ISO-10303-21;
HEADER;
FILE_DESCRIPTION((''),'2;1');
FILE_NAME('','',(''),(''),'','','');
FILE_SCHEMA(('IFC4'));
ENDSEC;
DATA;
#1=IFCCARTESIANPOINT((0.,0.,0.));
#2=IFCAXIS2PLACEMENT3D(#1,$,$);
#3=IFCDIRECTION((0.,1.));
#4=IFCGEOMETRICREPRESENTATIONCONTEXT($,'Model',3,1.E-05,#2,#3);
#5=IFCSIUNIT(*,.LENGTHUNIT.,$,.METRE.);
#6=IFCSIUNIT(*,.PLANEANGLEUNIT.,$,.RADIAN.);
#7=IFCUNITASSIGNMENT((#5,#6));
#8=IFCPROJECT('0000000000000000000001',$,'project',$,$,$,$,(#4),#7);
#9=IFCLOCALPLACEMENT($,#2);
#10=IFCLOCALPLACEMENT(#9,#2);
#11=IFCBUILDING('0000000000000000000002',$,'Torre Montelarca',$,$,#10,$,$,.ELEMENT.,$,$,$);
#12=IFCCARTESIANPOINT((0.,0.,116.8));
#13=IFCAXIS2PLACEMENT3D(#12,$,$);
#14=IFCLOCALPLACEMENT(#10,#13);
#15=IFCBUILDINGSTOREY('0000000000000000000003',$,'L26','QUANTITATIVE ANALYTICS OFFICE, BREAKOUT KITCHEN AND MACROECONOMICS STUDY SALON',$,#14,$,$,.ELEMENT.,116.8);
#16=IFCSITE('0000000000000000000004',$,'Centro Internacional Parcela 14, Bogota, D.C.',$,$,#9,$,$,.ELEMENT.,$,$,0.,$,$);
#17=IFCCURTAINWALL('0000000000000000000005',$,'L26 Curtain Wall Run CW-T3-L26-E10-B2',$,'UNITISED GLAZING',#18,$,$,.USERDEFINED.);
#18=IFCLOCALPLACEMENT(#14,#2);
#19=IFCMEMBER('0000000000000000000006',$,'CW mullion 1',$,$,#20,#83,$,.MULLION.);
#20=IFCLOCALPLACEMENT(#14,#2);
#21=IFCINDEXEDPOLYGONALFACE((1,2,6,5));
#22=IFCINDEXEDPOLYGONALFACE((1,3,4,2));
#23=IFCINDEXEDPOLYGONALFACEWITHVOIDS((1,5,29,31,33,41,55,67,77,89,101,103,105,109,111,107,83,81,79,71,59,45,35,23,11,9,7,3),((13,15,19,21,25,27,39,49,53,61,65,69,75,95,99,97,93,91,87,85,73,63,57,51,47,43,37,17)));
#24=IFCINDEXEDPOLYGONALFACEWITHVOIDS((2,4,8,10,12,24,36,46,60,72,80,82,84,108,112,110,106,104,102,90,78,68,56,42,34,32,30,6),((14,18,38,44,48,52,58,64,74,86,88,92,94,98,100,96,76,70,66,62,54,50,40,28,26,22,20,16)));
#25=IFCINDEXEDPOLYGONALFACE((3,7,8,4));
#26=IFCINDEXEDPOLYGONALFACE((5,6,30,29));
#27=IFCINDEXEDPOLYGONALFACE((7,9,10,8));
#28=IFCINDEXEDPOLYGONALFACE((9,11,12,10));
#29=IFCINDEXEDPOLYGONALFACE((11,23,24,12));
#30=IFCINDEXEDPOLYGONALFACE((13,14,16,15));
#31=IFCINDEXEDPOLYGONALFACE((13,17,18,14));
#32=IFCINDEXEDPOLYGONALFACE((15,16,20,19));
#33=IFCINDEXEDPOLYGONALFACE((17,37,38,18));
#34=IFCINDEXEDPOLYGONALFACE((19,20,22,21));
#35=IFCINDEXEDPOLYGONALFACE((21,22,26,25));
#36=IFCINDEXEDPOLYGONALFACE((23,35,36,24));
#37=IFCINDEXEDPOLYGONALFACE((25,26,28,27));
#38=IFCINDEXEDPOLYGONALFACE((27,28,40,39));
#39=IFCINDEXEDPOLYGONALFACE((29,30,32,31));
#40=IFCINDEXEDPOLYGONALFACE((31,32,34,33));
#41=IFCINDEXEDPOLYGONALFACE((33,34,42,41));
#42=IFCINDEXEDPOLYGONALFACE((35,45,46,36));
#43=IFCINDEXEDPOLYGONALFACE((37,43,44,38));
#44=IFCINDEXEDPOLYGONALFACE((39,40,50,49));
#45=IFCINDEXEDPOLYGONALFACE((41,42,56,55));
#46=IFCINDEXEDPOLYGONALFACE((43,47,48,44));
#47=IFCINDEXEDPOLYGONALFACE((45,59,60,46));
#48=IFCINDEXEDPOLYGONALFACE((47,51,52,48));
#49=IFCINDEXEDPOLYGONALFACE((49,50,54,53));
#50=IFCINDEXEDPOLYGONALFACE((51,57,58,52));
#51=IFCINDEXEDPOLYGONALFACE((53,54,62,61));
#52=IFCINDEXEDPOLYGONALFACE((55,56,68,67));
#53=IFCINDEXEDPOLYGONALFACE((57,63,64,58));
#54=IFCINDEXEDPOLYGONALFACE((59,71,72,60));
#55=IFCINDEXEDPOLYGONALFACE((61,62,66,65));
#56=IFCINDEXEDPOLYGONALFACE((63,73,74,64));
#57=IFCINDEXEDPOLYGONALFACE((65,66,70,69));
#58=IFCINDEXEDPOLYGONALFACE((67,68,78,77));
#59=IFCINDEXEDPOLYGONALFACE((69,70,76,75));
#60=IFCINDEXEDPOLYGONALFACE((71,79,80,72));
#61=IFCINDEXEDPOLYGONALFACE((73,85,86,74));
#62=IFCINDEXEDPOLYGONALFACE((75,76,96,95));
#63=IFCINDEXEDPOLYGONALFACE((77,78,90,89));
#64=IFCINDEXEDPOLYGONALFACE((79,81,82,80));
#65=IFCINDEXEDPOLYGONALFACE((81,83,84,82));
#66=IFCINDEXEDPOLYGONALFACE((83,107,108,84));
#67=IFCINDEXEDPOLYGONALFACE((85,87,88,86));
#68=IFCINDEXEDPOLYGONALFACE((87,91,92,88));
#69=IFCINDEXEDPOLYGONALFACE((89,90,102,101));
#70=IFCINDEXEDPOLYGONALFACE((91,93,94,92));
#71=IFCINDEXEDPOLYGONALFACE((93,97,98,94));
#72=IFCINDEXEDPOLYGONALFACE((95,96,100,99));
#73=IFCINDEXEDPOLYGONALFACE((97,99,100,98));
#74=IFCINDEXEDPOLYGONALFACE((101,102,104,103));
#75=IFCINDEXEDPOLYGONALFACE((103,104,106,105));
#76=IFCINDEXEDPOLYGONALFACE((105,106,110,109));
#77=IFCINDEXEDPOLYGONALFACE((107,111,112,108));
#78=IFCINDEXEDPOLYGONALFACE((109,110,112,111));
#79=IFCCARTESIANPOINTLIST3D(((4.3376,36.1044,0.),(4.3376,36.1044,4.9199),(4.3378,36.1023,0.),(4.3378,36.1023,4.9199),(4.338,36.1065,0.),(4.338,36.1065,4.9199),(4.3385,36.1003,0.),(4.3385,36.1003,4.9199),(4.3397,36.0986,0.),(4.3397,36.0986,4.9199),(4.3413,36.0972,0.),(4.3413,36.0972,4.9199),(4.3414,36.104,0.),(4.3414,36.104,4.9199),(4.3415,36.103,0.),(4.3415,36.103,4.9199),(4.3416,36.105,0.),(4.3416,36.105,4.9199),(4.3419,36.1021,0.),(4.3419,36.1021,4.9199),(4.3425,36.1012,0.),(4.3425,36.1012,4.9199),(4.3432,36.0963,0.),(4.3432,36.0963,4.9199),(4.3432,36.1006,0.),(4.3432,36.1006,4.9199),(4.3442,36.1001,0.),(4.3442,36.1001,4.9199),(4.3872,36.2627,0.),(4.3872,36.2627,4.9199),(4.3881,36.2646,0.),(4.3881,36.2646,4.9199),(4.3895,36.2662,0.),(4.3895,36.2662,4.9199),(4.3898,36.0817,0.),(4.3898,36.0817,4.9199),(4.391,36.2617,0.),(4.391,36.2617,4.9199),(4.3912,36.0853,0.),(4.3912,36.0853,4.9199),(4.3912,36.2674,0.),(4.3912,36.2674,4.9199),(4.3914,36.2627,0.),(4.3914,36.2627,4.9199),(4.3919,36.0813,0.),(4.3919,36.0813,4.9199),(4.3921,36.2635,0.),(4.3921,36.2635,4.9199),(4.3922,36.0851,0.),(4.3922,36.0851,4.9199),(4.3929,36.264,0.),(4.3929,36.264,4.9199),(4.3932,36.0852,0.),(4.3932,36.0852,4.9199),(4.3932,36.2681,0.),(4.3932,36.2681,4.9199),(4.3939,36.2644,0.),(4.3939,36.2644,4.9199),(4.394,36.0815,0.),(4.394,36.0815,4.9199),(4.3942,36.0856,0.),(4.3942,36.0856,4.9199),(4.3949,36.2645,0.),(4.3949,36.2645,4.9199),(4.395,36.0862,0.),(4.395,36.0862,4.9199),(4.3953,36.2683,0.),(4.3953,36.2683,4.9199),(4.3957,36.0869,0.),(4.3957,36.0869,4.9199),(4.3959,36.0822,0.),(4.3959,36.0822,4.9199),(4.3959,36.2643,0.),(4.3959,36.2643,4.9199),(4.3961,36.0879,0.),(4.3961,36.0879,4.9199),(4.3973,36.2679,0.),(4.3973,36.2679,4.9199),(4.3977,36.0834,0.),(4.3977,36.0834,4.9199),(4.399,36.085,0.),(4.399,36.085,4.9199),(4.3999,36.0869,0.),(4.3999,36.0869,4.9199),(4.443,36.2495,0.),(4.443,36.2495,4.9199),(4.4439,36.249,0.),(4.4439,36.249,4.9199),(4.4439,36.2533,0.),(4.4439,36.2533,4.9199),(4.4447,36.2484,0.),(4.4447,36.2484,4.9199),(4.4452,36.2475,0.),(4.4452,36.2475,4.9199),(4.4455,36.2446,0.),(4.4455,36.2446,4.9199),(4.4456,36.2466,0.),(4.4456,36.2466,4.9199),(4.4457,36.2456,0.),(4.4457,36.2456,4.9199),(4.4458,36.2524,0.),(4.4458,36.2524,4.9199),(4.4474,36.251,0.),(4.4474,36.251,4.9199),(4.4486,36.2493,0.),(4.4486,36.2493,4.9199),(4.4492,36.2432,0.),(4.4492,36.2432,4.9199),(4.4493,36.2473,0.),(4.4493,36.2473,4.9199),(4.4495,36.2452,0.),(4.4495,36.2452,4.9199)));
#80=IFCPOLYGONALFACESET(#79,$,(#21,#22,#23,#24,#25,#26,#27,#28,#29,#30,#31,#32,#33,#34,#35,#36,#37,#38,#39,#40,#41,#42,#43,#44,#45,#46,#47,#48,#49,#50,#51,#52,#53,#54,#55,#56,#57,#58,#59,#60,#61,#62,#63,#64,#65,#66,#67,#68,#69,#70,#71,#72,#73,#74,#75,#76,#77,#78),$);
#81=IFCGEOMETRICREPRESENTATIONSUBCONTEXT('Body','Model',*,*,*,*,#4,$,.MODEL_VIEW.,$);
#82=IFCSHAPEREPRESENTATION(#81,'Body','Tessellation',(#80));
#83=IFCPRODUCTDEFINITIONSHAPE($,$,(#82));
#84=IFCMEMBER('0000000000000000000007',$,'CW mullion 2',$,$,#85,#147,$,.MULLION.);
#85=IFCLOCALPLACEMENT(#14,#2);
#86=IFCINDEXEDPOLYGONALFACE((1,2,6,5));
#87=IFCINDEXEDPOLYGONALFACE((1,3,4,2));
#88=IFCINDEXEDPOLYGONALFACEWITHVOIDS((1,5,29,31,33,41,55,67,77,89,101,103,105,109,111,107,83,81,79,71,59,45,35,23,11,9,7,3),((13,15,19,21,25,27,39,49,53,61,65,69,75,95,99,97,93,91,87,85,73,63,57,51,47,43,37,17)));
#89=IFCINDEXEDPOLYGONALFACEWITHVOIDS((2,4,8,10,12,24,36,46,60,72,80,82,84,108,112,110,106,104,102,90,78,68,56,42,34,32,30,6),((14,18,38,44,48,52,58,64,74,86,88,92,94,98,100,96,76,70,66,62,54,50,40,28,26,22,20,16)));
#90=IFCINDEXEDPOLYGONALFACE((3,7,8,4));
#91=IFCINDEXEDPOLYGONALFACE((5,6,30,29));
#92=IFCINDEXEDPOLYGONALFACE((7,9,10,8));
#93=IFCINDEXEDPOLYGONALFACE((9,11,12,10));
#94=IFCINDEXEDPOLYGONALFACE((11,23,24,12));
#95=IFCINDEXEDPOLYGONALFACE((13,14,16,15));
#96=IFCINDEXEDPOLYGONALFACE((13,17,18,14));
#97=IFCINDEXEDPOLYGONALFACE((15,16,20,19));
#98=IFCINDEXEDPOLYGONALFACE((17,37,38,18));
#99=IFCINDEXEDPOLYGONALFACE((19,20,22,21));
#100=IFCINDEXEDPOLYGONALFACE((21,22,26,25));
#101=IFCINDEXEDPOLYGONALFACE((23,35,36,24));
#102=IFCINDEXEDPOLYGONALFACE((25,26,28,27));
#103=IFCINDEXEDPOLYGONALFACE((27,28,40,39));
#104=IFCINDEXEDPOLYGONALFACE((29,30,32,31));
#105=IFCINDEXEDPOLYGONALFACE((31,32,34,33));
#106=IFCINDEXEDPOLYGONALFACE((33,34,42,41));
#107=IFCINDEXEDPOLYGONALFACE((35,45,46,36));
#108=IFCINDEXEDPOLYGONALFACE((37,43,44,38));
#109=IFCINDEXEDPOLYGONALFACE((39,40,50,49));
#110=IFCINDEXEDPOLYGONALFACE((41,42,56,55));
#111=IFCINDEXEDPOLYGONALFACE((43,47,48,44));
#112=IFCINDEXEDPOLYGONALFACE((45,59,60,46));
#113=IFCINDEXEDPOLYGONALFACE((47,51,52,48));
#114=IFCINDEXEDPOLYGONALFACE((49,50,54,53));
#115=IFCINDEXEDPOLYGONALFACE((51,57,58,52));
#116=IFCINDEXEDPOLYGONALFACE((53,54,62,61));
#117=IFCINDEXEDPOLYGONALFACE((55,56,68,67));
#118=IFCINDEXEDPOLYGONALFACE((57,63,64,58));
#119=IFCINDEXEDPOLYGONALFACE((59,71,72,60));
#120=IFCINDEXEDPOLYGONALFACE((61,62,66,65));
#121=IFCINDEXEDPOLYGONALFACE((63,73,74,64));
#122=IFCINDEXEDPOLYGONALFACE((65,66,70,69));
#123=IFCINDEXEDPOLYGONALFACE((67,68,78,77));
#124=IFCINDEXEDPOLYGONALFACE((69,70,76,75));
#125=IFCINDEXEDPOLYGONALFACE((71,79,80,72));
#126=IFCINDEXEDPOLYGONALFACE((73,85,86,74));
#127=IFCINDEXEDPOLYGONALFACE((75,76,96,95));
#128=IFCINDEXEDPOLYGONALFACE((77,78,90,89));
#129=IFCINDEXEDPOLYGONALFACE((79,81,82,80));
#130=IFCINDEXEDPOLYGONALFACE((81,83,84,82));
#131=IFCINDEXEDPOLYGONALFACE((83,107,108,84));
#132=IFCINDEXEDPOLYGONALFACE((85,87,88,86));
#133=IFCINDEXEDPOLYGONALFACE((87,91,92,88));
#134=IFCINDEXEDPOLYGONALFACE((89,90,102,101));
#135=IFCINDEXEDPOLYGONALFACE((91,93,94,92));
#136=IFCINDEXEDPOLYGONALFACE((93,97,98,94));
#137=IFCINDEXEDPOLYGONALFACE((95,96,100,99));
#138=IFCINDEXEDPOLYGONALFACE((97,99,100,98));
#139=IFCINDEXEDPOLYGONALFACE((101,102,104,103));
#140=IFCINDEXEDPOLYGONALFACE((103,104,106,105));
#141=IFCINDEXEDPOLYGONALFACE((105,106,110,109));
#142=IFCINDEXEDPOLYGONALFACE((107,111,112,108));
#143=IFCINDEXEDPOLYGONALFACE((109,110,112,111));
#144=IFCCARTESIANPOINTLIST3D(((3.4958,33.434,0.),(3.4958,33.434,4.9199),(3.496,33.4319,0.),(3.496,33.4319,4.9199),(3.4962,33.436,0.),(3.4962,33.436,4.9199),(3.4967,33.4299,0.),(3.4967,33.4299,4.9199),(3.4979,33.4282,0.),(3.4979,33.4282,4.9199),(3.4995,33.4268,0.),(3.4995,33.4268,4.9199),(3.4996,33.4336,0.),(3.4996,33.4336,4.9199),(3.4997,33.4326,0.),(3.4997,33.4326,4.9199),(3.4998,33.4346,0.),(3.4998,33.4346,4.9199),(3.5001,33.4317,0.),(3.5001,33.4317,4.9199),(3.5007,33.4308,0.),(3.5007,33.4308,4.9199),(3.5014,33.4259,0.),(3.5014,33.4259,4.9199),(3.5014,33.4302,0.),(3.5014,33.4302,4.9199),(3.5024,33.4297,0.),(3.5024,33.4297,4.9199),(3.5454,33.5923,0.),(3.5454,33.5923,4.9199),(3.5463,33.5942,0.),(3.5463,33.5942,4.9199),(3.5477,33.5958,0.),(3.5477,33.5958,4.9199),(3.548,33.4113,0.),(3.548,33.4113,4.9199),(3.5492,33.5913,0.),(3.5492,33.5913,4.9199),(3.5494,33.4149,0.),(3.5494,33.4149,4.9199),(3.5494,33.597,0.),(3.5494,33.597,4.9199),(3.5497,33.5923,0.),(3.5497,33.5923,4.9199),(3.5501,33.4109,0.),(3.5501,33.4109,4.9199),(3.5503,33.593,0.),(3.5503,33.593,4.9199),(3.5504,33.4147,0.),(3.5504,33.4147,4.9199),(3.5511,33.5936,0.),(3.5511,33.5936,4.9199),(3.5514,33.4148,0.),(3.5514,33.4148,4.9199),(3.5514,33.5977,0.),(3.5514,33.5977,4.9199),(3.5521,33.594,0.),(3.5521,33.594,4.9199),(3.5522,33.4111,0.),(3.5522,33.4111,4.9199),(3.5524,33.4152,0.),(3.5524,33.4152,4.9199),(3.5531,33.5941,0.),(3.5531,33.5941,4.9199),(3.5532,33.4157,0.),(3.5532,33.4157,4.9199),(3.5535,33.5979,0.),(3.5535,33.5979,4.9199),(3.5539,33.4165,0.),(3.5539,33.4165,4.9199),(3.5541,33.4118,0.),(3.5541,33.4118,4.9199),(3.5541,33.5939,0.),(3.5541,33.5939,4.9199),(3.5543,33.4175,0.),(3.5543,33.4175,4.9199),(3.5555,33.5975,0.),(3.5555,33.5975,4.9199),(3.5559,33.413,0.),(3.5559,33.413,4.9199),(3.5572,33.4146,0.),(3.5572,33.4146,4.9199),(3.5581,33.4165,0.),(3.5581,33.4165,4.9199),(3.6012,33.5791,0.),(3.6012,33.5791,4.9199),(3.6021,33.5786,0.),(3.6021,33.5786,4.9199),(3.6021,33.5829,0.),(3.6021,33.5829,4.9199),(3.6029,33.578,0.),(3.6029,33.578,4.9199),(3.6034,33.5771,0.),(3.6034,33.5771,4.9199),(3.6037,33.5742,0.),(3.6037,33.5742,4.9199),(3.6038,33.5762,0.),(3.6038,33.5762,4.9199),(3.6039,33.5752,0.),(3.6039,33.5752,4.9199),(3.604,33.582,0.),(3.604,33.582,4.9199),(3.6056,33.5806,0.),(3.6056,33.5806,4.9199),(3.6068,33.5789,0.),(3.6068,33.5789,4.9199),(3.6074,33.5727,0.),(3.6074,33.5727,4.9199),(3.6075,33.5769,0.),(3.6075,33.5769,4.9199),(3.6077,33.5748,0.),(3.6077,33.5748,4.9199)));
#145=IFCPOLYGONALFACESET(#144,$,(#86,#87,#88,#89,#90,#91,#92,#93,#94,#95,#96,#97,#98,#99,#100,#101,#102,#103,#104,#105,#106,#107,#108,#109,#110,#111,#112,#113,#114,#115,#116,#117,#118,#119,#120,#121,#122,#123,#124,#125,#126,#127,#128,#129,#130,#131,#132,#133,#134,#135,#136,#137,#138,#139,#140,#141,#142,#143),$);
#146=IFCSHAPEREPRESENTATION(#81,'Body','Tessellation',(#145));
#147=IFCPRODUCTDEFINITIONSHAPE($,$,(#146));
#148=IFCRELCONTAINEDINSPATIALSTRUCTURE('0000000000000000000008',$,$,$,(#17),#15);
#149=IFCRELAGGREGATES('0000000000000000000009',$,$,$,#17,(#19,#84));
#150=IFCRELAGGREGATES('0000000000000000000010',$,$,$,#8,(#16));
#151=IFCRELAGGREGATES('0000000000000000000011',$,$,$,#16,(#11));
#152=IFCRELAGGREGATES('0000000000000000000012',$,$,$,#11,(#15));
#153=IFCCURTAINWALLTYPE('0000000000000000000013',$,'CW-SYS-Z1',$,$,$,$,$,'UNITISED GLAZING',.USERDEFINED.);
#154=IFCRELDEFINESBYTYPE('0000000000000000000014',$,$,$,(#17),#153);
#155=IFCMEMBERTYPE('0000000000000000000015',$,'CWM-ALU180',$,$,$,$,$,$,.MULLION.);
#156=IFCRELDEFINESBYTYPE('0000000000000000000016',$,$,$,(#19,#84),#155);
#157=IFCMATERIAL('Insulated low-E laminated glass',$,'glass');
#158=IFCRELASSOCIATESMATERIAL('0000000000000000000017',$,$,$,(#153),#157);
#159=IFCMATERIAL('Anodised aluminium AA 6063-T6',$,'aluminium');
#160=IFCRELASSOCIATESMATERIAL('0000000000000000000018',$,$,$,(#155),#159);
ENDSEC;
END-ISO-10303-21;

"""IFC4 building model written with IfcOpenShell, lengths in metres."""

from ifc_helpers import new_model, si_unit, direction, frame, origin, origin_2d, place, context, subcontext, project, spatial, hollow_rectangle, extrude, source, transform, mapped, material, material_profile, profile_set, type_object, element, aggregate, save


model = new_model("IFC4")

# Units and contexts
model_context = context("Model", 3, precision=1e-05, world=origin(), true_north=direction((0.0, 1.0)))
body_context = subcontext(model_context, "Body", "Model", "MODEL_VIEW")
ifc_project = project(units=[si_unit("LENGTHUNIT", "METRE"), si_unit("PLANEANGLEUNIT", "RADIAN")], contexts=[model_context])

# Site, building, storey
site_placement = place(None, origin())
site = spatial("IfcSite", under=ifc_project, at=site_placement, Name="Centro Internacional Parcela 14, Bogota, D.C.", CompositionType="ELEMENT", RefElevation=0.0)
building_placement = place(site_placement, origin())
building = spatial("IfcBuilding", under=site, at=building_placement, Name="Torre Montelarca", CompositionType="ELEMENT")
storey_placement = place(building_placement, frame((0.0, 0.0, 116.8)))
storey = spatial("IfcBuildingStorey", under=building, at=storey_placement, Name="L26", Description="QUANTITATIVE ANALYTICS OFFICE, BREAKOUT KITCHEN AND MACROECONOMICS STUDY SALON", CompositionType="ELEMENT", Elevation=116.8)

# Curtain wall
ifc_material_1 = material(Name="Insulated low-E laminated glass", Category="glass")
curtain_wall_type = type_object("IfcCurtainWallType", Name="CW-SYS-Z1", ElementType="UNITISED GLAZING", PredefinedType="USERDEFINED", material=ifc_material_1)
curtain_wall_1_placement = place(storey_placement, origin())
curtain_wall_1 = element("IfcCurtainWall", 1, at=curtain_wall_1_placement, inside=storey, type_object=curtain_wall_type, Name="L26 Curtain Wall Run CW-T3-L26-E10-B2", ObjectType="UNITISED GLAZING", PredefinedType="USERDEFINED")
ifc_material_2 = material(Name="Anodised aluminium AA 6063-T6", Category="aluminium")

# Members
ifc_material_profile_1 = material_profile(ifc_material_2, hollow_rectangle(XDim=0.0649, YDim=0.1799, WallThickness=0.0039, InnerFilletRadius=0.0039, OuterFilletRadius=0.0081, at=origin_2d()), Name="ALU65X180X4", Category="aluminium")
ifc_profile_set_1 = profile_set([ifc_material_profile_1], Name="Anodised aluminium AA 6063-T6")
member_type_1 = type_object("IfcMemberType", Name="CWM-ALU180", PredefinedType="MULLION", material=ifc_profile_set_1)
shared_shape_1 = source(origin(), body_context, "Body", "SweptSolid", [
    extrude(hollow_rectangle(XDim=0.0649, YDim=0.1799, WallThickness=0.0039, InnerFilletRadius=0.0039, OuterFilletRadius=0.0081, at=origin_2d()), origin(), (0.0, 0.0, 1.0), 4.9199),
])
member_1_placement = place(storey_placement, frame((4.3936, 36.1748, 0.0), z_axis=(0.0, 0.0, 1.0), x_axis=(0.953717, -0.300706, 0.0)))
member_1 = element("IfcMember", 2, at=member_1_placement, type_object=member_type_1, Name="CW mullion 1", PredefinedType="MULLION", context=body_context, shape_type="MappedRepresentation", body=[
    mapped(shared_shape_1, transform((0.0, 0.0, 0.0), scale=1.0)),
])
member_2_placement = place(storey_placement, frame((3.5518, 33.5044, 0.0), z_axis=(0.0, 0.0, 1.0), x_axis=(0.953717, -0.300706, 0.0)))
member_2 = element("IfcMember", 3, at=member_2_placement, type_object=member_type_1, Name="CW mullion 2", PredefinedType="MULLION", context=body_context, shape_type="MappedRepresentation", body=[
    mapped(shared_shape_1, transform((0.0, 0.0, 0.0), scale=1.0)),
])

aggregate(curtain_wall_1, [member_1, member_2])

save(model, "model.ifc")
